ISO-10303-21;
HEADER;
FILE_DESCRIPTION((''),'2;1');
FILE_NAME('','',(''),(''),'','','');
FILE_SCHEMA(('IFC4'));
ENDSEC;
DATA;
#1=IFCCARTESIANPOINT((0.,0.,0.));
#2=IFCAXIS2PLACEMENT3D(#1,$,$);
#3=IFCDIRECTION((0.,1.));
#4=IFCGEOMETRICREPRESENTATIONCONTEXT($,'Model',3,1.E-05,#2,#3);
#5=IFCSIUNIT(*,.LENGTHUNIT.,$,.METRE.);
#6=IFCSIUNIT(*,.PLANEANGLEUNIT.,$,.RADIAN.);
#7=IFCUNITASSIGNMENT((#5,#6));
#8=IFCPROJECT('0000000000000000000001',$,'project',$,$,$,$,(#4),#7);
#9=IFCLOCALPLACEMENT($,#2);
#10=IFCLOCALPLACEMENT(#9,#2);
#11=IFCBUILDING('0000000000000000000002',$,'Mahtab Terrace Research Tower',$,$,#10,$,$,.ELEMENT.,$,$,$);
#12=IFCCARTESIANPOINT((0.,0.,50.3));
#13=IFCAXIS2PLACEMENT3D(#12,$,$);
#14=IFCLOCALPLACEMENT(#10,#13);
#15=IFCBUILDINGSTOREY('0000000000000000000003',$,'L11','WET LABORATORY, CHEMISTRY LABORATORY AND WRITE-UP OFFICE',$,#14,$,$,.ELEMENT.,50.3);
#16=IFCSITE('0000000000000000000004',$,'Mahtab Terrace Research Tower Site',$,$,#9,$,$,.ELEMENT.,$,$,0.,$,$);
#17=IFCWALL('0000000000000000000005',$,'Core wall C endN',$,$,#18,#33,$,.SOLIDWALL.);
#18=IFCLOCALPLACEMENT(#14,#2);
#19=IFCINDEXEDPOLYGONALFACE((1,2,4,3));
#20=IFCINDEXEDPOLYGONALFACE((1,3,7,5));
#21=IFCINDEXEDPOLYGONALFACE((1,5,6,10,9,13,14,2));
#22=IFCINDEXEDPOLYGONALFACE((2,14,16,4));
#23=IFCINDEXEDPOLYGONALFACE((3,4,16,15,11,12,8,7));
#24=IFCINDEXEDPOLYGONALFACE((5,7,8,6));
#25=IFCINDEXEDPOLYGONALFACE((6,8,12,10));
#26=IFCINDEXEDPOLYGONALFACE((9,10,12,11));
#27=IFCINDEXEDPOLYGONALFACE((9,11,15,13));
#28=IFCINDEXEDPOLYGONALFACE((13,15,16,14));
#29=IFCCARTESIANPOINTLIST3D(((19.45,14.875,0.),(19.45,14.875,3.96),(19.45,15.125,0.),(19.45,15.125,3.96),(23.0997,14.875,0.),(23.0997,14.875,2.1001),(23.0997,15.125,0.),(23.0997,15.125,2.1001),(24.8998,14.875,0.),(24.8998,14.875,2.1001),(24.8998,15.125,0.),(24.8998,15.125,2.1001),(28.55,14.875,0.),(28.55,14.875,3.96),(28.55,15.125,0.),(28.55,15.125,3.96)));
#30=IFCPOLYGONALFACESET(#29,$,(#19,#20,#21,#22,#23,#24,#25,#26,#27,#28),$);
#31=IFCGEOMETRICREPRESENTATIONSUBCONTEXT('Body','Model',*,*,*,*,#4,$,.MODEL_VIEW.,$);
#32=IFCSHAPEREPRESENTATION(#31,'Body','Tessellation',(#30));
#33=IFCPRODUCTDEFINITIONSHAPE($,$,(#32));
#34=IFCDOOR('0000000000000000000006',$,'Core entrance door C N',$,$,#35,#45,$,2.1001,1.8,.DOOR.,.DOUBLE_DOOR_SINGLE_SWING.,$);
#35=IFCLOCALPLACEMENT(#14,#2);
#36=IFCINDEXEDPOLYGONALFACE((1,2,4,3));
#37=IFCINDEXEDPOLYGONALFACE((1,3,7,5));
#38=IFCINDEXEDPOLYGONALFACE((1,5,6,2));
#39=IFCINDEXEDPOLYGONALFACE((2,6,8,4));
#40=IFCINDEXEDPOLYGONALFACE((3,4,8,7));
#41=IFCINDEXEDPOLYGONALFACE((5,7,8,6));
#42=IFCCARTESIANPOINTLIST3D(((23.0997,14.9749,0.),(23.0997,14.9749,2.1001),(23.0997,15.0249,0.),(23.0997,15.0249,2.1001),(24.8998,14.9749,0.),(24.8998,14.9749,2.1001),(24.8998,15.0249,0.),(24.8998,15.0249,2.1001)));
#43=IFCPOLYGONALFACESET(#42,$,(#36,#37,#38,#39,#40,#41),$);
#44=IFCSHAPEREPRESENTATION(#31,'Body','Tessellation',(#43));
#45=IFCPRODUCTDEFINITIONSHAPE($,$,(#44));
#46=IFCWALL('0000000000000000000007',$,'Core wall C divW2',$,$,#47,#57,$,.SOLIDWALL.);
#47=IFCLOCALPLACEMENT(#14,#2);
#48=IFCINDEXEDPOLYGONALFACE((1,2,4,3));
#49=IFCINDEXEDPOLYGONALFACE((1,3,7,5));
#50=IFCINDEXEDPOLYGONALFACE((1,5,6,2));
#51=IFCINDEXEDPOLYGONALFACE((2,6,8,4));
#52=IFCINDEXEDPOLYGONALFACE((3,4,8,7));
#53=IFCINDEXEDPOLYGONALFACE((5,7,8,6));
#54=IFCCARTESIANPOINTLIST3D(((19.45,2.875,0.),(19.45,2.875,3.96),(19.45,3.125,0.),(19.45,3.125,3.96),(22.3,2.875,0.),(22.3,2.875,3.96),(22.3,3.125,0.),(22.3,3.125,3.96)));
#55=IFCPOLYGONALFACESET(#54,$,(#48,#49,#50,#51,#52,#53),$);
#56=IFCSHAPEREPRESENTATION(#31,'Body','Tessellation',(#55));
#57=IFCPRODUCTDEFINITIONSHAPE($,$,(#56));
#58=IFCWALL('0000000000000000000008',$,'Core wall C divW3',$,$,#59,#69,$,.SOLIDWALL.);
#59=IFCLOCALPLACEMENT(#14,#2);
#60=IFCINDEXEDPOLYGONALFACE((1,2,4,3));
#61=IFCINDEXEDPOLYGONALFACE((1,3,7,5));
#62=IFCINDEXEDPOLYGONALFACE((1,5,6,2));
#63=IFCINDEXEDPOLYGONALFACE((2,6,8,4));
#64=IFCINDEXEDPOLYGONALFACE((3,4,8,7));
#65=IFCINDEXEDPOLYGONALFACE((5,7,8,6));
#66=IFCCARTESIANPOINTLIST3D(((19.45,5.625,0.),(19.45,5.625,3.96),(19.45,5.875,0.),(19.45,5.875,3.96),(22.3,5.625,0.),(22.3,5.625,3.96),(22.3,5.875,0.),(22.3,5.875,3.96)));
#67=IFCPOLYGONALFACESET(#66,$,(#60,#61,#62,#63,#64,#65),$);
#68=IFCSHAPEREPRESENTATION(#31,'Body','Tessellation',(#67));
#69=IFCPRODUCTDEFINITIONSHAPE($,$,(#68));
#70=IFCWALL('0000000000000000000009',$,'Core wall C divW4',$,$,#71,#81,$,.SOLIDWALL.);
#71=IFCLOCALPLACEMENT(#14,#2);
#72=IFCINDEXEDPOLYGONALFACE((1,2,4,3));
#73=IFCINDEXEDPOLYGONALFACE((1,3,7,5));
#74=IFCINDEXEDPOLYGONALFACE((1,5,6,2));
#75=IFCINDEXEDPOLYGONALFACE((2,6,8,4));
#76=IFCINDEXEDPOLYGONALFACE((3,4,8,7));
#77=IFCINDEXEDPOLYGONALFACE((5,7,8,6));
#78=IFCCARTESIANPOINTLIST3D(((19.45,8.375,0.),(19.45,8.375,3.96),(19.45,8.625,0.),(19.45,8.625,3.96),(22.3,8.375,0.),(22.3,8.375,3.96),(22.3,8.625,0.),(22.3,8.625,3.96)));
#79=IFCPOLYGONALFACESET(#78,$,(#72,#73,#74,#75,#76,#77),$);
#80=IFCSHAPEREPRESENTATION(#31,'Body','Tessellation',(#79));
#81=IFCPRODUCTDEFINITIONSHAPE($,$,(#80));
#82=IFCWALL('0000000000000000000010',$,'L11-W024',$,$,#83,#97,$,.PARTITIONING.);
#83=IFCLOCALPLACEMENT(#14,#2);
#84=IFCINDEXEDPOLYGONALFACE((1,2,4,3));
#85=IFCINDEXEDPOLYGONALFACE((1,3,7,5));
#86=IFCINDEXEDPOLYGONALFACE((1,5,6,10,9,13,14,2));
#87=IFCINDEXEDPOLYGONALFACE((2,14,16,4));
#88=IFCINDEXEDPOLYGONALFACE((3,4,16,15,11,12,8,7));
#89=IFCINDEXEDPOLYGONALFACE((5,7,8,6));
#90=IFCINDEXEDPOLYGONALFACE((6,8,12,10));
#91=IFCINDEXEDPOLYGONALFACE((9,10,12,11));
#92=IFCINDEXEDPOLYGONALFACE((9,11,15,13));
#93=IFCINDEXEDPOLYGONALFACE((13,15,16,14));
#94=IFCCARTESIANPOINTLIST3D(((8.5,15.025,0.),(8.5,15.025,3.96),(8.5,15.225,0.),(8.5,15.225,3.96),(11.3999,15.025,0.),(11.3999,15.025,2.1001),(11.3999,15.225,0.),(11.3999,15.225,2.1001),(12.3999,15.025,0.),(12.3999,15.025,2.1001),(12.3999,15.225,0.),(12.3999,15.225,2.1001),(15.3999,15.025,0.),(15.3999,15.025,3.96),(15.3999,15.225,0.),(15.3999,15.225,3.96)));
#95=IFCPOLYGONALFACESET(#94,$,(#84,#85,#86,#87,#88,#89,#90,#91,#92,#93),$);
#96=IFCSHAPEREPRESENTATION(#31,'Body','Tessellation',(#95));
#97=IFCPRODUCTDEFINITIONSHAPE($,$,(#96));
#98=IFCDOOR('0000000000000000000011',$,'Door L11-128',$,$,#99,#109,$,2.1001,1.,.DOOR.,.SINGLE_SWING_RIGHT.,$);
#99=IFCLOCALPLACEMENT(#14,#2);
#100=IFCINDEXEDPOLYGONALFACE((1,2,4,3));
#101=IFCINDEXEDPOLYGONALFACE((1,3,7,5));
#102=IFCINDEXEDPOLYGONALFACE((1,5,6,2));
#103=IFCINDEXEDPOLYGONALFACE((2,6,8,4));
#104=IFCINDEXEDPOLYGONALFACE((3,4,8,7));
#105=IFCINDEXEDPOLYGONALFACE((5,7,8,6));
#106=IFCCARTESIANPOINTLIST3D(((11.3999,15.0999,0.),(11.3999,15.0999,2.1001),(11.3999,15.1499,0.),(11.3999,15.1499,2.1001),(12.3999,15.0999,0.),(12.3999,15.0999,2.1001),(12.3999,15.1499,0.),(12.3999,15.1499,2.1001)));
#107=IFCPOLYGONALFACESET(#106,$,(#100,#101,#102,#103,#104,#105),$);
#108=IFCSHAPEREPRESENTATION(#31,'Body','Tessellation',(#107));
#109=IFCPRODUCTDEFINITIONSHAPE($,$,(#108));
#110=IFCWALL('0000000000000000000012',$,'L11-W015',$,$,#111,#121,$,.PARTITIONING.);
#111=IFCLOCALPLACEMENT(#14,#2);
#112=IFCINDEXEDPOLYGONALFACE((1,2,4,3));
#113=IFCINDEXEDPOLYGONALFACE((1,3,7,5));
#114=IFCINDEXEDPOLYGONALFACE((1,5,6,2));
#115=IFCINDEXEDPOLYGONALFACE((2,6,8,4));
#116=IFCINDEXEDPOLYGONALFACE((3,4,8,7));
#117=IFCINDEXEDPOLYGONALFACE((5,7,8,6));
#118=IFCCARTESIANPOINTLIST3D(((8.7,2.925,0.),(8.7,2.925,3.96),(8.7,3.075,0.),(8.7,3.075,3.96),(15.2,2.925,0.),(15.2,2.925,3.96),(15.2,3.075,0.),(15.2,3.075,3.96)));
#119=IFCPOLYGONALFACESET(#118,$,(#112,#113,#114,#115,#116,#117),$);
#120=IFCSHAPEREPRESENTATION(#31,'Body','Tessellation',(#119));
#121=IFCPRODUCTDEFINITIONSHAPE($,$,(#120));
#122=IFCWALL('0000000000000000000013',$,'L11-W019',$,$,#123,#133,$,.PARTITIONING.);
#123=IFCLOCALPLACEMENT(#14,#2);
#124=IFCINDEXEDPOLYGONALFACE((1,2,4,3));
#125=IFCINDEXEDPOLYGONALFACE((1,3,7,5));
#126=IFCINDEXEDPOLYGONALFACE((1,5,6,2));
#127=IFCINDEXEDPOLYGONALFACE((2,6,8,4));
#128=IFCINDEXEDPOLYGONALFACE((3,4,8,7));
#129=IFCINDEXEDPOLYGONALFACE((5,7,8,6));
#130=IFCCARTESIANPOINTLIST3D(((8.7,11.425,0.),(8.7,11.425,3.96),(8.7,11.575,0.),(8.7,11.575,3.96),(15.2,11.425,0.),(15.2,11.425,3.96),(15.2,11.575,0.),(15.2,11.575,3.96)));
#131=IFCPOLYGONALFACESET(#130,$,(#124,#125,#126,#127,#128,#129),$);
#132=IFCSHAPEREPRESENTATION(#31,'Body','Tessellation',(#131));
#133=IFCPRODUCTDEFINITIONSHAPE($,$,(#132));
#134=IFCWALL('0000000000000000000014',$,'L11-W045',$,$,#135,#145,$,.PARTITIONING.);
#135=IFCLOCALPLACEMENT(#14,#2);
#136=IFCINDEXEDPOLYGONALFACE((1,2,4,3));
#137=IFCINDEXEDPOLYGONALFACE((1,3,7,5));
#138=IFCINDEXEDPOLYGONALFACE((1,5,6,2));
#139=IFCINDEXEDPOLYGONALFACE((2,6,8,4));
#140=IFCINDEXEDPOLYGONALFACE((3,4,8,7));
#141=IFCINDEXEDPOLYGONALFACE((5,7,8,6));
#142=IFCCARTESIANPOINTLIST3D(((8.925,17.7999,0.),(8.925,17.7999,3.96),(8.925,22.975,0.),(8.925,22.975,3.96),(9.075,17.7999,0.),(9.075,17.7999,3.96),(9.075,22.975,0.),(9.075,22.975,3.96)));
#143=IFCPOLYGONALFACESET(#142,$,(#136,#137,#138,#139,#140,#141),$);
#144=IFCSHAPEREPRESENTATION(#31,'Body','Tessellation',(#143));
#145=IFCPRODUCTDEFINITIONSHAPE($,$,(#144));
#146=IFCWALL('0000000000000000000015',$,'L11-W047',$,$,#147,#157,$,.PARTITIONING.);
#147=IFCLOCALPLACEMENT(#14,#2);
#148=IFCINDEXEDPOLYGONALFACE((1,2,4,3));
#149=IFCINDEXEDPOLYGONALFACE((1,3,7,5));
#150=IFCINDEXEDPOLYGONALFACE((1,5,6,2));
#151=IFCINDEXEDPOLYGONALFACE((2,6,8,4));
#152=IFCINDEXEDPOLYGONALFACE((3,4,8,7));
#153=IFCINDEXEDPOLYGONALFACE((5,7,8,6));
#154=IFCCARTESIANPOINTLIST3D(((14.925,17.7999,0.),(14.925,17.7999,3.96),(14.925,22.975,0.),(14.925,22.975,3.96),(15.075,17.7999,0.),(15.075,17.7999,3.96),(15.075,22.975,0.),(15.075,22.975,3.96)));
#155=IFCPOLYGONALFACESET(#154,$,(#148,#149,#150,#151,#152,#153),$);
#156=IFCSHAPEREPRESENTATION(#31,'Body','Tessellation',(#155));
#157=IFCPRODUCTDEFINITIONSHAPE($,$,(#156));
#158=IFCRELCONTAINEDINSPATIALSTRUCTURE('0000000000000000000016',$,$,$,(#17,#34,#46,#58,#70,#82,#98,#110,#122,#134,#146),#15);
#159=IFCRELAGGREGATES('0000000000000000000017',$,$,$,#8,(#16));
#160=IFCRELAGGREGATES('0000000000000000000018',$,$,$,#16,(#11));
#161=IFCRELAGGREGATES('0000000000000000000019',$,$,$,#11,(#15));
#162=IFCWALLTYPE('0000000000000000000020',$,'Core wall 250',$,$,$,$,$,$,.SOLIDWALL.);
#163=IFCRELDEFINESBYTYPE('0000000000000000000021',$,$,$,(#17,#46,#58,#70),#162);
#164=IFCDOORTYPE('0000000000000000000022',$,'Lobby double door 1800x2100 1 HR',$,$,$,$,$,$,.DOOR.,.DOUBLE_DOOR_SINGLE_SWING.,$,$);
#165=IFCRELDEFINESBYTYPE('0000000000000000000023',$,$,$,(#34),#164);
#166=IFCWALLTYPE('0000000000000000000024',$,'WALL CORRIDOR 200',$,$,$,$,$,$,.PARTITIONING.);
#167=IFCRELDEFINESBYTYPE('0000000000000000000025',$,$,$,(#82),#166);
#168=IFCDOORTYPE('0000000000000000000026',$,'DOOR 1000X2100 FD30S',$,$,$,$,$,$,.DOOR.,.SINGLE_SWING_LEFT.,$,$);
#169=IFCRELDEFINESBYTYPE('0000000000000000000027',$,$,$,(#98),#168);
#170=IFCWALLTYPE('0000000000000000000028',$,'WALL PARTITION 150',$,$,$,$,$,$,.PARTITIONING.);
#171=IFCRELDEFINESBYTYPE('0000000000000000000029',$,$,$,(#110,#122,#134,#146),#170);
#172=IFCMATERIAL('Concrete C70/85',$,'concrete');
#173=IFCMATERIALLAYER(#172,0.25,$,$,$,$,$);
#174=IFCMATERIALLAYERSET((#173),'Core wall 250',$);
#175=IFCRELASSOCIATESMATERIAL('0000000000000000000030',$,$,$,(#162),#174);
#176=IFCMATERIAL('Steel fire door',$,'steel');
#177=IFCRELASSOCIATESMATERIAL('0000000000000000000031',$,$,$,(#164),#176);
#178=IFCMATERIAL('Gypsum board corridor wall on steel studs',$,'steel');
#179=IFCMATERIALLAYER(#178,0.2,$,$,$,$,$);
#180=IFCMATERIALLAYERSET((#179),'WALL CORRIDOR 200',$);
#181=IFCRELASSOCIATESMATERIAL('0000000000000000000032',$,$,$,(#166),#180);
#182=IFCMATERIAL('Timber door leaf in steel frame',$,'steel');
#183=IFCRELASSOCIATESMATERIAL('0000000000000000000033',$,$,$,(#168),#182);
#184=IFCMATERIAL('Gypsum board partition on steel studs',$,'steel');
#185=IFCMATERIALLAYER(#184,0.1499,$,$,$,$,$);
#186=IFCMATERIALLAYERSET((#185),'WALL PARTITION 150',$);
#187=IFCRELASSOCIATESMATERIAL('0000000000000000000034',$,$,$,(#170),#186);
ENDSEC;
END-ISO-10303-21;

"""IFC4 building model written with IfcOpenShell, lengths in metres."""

from ifc_helpers import new_model, si_unit, direction, frame, frame_2d, origin, place, context, subcontext, project, spatial, rectangle, extrude, material, layer, layer_set, type_object, element, fill, save


model = new_model("IFC4")

# Units and contexts
model_context = context("Model", 3, precision=1e-05, world=origin(), true_north=direction((0.0, 1.0)))
body_context = subcontext(model_context, "Body", "Model", "MODEL_VIEW")
ifc_project = project(units=[si_unit("LENGTHUNIT", "METRE"), si_unit("PLANEANGLEUNIT", "RADIAN")], contexts=[model_context])

# Site, building, storey
site_placement = place(None, origin())
site = spatial("IfcSite", under=ifc_project, at=site_placement, Name="Mahtab Terrace Research Tower Site", CompositionType="ELEMENT", RefElevation=0.0)
building_placement = place(site_placement, origin())
building = spatial("IfcBuilding", under=site, at=building_placement, Name="Mahtab Terrace Research Tower", CompositionType="ELEMENT")
storey_placement = place(building_placement, frame((0.0, 0.0, 50.3)))
storey = spatial("IfcBuildingStorey", under=building, at=storey_placement, Name="L11", Description="WET LABORATORY, CHEMISTRY LABORATORY AND WRITE-UP OFFICE", CompositionType="ELEMENT", Elevation=50.3)

# Shared definitions
ifc_material_1 = material(Name="Concrete C70/85", Category="concrete")

# Shared definitions
ifc_layer_1 = layer(ifc_material_1, 0.25)
ifc_layer_set_1 = layer_set([ifc_layer_1], Name="Core wall 250")
wall_type_1 = type_object("IfcWallType", Name="Core wall 250", PredefinedType="SOLIDWALL", material=ifc_layer_set_1)

# Wall, opening, door
wall_1_placement = place(storey_placement, frame((19.45, 15.0, 0.0), z_axis=(0.0, 0.0, 1.0), x_axis=(1.0, 0.0, 0.0)))
wall_1 = element("IfcWall", 1, at=wall_1_placement, inside=storey, type_object=wall_type_1, Name="Core wall C endN", PredefinedType="SOLIDWALL", context=body_context, shape_type="SweptSolid", body=[
    extrude(rectangle(XDim=9.1001, YDim=0.25, at=frame_2d((4.55, 0.0))), origin(), (0.0, 0.0, 1.0), 3.96),
])
opening_1_placement = place(wall_1_placement, frame((3.6499, 0.0, 0.0)))
opening_1 = element("IfcOpeningElement", 2, at=opening_1_placement, cuts=wall_1, PredefinedType="OPENING", context=body_context, shape_type="SweptSolid", body=[
    extrude(rectangle(XDim=1.8, YDim=2.1001, at=frame_2d((0.8999, 1.05))), frame((0.0, 0.135, 0.0), z_axis=(0.0, -1.0, 0.0), x_axis=(1.0, 0.0, 0.0)), (0.0, 0.0, 1.0), 0.27),
])
ifc_material_2 = material(Name="Steel fire door", Category="steel")
door_type_1 = type_object("IfcDoorType", Name="Lobby double door 1800x2100 1 HR", OperationType="DOUBLE_DOOR_SINGLE_SWING", PredefinedType="DOOR", material=ifc_material_2)
door_1_placement = place(opening_1_placement, origin())
door_1 = element("IfcDoor", 3, at=door_1_placement, inside=storey, type_object=door_type_1, Name="Core entrance door C N", OperationType="DOUBLE_DOOR_SINGLE_SWING", OverallHeight=2.1001, OverallWidth=1.8, PredefinedType="DOOR", context=body_context, shape_type="SweptSolid", body=[
    extrude(rectangle(XDim=1.8, YDim=2.1001, at=frame_2d((0.8999, 1.05))), frame((0.0, 0.0249, 0.0), z_axis=(0.0, -1.0, 0.0), x_axis=(1.0, 0.0, 0.0)), (0.0, 0.0, 1.0), 0.05),
])
fill(opening_1, door_1)

# Walls
for number, where, z_axis, x_axis, name in (
    (4, (19.45, 3.0, 0.0), (0.0, 0.0, 1.0), (1.0, 0.0, 0.0), "Core wall C divW2"),
    (5, (19.45, 5.75, 0.0), (0.0, 0.0, 1.0), (1.0, 0.0, 0.0), "Core wall C divW3"),
    (6, (19.45, 8.5, 0.0), (0.0, 0.0, 1.0), (1.0, 0.0, 0.0), "Core wall C divW4"),
):
    element("IfcWall", number, at=place(storey_placement, frame(where, z_axis=z_axis, x_axis=x_axis)), inside=storey, type_object=wall_type_1, Name=name, PredefinedType="SOLIDWALL", context=body_context, shape_type="SweptSolid", body=[
        extrude(rectangle(XDim=2.8501, YDim=0.25, at=frame_2d((1.425, 0.0))), origin(), (0.0, 0.0, 1.0), 3.96),
    ])

# Wall, opening, door
ifc_material_3 = material(Name="Gypsum board corridor wall on steel studs", Category="steel")
ifc_layer_2 = layer(ifc_material_3, 0.2)
ifc_layer_set_2 = layer_set([ifc_layer_2], Name="WALL CORRIDOR 200")
wall_type_2 = type_object("IfcWallType", Name="WALL CORRIDOR 200", PredefinedType="PARTITIONING", material=ifc_layer_set_2)
wall_2_placement = place(storey_placement, frame((8.5, 15.125, 0.0), z_axis=(0.0, 0.0, 1.0), x_axis=(1.0, 0.0, 0.0)))
wall_2 = element("IfcWall", 7, at=wall_2_placement, inside=storey, type_object=wall_type_2, Name="L11-W024", PredefinedType="PARTITIONING", context=body_context, shape_type="SweptSolid", body=[
    extrude(rectangle(XDim=6.8999, YDim=0.2, at=frame_2d((3.45, 0.0))), origin(), (0.0, 0.0, 1.0), 3.96),
])
opening_2_placement = place(wall_2_placement, frame((2.8999, 0.0, 0.0)))
opening_2 = element("IfcOpeningElement", 8, at=opening_2_placement, cuts=wall_2, PredefinedType="OPENING", context=body_context, shape_type="SweptSolid", body=[
    extrude(rectangle(XDim=1.0, YDim=2.1001, at=frame_2d((0.5, 1.05))), frame((0.0, 0.1099, 0.0), z_axis=(0.0, -1.0, 0.0), x_axis=(1.0, 0.0, 0.0)), (0.0, 0.0, 1.0), 0.22),
])
ifc_material_4 = material(Name="Timber door leaf in steel frame", Category="steel")
door_type_2 = type_object("IfcDoorType", Name="DOOR 1000X2100 FD30S", OperationType="SINGLE_SWING_LEFT", PredefinedType="DOOR", material=ifc_material_4)
door_2_placement = place(opening_2_placement, origin())
door_2 = element("IfcDoor", 9, at=door_2_placement, inside=storey, type_object=door_type_2, Name="Door L11-128", OperationType="SINGLE_SWING_RIGHT", OverallHeight=2.1001, OverallWidth=1.0, PredefinedType="DOOR", context=body_context, shape_type="SweptSolid", body=[
    extrude(rectangle(XDim=1.0, YDim=2.1001, at=frame_2d((0.5, 1.05))), frame((0.0, 0.0249, 0.0), z_axis=(0.0, -1.0, 0.0), x_axis=(1.0, 0.0, 0.0)), (0.0, 0.0, 1.0), 0.05),
])
fill(opening_2, door_2)

# Walls
ifc_material_5 = material(Name="Gypsum board partition on steel studs", Category="steel")
ifc_layer_3 = layer(ifc_material_5, 0.1499)
ifc_layer_set_3 = layer_set([ifc_layer_3], Name="WALL PARTITION 150")
wall_type_3 = type_object("IfcWallType", Name="WALL PARTITION 150", PredefinedType="PARTITIONING", material=ifc_layer_set_3)
for number, where, z_axis, x_axis, name in (
    (10, (8.7, 3.0, 0.0), (0.0, 0.0, 1.0), (1.0, 0.0, 0.0), "L11-W015"),
    (11, (8.7, 11.5, 0.0), (0.0, 0.0, 1.0), (1.0, 0.0, 0.0), "L11-W019"),
):
    element("IfcWall", number, at=place(storey_placement, frame(where, z_axis=z_axis, x_axis=x_axis)), inside=storey, type_object=wall_type_3, Name=name, PredefinedType="PARTITIONING", context=body_context, shape_type="SweptSolid", body=[
        extrude(rectangle(XDim=6.5, YDim=0.1499, at=frame_2d((3.25, 0.0))), origin(), (0.0, 0.0, 1.0), 3.96),
    ])
for number, where, z_axis, x_axis, name in (
    (12, (9.0, 17.8, 0.0), (0.0, 0.0, 1.0), (0.0, 1.0, 0.0), "L11-W045"),
    (13, (15.0, 17.8, 0.0), (0.0, 0.0, 1.0), (0.0, 1.0, 0.0), "L11-W047"),
):
    element("IfcWall", number, at=place(storey_placement, frame(where, z_axis=z_axis, x_axis=x_axis)), inside=storey, type_object=wall_type_3, Name=name, PredefinedType="PARTITIONING", context=body_context, shape_type="SweptSolid", body=[
        extrude(rectangle(XDim=5.175, YDim=0.1499, at=frame_2d((2.5874, 0.0))), origin(), (0.0, 0.0, 1.0), 3.96),
    ])

save(model, "model.ifc")
